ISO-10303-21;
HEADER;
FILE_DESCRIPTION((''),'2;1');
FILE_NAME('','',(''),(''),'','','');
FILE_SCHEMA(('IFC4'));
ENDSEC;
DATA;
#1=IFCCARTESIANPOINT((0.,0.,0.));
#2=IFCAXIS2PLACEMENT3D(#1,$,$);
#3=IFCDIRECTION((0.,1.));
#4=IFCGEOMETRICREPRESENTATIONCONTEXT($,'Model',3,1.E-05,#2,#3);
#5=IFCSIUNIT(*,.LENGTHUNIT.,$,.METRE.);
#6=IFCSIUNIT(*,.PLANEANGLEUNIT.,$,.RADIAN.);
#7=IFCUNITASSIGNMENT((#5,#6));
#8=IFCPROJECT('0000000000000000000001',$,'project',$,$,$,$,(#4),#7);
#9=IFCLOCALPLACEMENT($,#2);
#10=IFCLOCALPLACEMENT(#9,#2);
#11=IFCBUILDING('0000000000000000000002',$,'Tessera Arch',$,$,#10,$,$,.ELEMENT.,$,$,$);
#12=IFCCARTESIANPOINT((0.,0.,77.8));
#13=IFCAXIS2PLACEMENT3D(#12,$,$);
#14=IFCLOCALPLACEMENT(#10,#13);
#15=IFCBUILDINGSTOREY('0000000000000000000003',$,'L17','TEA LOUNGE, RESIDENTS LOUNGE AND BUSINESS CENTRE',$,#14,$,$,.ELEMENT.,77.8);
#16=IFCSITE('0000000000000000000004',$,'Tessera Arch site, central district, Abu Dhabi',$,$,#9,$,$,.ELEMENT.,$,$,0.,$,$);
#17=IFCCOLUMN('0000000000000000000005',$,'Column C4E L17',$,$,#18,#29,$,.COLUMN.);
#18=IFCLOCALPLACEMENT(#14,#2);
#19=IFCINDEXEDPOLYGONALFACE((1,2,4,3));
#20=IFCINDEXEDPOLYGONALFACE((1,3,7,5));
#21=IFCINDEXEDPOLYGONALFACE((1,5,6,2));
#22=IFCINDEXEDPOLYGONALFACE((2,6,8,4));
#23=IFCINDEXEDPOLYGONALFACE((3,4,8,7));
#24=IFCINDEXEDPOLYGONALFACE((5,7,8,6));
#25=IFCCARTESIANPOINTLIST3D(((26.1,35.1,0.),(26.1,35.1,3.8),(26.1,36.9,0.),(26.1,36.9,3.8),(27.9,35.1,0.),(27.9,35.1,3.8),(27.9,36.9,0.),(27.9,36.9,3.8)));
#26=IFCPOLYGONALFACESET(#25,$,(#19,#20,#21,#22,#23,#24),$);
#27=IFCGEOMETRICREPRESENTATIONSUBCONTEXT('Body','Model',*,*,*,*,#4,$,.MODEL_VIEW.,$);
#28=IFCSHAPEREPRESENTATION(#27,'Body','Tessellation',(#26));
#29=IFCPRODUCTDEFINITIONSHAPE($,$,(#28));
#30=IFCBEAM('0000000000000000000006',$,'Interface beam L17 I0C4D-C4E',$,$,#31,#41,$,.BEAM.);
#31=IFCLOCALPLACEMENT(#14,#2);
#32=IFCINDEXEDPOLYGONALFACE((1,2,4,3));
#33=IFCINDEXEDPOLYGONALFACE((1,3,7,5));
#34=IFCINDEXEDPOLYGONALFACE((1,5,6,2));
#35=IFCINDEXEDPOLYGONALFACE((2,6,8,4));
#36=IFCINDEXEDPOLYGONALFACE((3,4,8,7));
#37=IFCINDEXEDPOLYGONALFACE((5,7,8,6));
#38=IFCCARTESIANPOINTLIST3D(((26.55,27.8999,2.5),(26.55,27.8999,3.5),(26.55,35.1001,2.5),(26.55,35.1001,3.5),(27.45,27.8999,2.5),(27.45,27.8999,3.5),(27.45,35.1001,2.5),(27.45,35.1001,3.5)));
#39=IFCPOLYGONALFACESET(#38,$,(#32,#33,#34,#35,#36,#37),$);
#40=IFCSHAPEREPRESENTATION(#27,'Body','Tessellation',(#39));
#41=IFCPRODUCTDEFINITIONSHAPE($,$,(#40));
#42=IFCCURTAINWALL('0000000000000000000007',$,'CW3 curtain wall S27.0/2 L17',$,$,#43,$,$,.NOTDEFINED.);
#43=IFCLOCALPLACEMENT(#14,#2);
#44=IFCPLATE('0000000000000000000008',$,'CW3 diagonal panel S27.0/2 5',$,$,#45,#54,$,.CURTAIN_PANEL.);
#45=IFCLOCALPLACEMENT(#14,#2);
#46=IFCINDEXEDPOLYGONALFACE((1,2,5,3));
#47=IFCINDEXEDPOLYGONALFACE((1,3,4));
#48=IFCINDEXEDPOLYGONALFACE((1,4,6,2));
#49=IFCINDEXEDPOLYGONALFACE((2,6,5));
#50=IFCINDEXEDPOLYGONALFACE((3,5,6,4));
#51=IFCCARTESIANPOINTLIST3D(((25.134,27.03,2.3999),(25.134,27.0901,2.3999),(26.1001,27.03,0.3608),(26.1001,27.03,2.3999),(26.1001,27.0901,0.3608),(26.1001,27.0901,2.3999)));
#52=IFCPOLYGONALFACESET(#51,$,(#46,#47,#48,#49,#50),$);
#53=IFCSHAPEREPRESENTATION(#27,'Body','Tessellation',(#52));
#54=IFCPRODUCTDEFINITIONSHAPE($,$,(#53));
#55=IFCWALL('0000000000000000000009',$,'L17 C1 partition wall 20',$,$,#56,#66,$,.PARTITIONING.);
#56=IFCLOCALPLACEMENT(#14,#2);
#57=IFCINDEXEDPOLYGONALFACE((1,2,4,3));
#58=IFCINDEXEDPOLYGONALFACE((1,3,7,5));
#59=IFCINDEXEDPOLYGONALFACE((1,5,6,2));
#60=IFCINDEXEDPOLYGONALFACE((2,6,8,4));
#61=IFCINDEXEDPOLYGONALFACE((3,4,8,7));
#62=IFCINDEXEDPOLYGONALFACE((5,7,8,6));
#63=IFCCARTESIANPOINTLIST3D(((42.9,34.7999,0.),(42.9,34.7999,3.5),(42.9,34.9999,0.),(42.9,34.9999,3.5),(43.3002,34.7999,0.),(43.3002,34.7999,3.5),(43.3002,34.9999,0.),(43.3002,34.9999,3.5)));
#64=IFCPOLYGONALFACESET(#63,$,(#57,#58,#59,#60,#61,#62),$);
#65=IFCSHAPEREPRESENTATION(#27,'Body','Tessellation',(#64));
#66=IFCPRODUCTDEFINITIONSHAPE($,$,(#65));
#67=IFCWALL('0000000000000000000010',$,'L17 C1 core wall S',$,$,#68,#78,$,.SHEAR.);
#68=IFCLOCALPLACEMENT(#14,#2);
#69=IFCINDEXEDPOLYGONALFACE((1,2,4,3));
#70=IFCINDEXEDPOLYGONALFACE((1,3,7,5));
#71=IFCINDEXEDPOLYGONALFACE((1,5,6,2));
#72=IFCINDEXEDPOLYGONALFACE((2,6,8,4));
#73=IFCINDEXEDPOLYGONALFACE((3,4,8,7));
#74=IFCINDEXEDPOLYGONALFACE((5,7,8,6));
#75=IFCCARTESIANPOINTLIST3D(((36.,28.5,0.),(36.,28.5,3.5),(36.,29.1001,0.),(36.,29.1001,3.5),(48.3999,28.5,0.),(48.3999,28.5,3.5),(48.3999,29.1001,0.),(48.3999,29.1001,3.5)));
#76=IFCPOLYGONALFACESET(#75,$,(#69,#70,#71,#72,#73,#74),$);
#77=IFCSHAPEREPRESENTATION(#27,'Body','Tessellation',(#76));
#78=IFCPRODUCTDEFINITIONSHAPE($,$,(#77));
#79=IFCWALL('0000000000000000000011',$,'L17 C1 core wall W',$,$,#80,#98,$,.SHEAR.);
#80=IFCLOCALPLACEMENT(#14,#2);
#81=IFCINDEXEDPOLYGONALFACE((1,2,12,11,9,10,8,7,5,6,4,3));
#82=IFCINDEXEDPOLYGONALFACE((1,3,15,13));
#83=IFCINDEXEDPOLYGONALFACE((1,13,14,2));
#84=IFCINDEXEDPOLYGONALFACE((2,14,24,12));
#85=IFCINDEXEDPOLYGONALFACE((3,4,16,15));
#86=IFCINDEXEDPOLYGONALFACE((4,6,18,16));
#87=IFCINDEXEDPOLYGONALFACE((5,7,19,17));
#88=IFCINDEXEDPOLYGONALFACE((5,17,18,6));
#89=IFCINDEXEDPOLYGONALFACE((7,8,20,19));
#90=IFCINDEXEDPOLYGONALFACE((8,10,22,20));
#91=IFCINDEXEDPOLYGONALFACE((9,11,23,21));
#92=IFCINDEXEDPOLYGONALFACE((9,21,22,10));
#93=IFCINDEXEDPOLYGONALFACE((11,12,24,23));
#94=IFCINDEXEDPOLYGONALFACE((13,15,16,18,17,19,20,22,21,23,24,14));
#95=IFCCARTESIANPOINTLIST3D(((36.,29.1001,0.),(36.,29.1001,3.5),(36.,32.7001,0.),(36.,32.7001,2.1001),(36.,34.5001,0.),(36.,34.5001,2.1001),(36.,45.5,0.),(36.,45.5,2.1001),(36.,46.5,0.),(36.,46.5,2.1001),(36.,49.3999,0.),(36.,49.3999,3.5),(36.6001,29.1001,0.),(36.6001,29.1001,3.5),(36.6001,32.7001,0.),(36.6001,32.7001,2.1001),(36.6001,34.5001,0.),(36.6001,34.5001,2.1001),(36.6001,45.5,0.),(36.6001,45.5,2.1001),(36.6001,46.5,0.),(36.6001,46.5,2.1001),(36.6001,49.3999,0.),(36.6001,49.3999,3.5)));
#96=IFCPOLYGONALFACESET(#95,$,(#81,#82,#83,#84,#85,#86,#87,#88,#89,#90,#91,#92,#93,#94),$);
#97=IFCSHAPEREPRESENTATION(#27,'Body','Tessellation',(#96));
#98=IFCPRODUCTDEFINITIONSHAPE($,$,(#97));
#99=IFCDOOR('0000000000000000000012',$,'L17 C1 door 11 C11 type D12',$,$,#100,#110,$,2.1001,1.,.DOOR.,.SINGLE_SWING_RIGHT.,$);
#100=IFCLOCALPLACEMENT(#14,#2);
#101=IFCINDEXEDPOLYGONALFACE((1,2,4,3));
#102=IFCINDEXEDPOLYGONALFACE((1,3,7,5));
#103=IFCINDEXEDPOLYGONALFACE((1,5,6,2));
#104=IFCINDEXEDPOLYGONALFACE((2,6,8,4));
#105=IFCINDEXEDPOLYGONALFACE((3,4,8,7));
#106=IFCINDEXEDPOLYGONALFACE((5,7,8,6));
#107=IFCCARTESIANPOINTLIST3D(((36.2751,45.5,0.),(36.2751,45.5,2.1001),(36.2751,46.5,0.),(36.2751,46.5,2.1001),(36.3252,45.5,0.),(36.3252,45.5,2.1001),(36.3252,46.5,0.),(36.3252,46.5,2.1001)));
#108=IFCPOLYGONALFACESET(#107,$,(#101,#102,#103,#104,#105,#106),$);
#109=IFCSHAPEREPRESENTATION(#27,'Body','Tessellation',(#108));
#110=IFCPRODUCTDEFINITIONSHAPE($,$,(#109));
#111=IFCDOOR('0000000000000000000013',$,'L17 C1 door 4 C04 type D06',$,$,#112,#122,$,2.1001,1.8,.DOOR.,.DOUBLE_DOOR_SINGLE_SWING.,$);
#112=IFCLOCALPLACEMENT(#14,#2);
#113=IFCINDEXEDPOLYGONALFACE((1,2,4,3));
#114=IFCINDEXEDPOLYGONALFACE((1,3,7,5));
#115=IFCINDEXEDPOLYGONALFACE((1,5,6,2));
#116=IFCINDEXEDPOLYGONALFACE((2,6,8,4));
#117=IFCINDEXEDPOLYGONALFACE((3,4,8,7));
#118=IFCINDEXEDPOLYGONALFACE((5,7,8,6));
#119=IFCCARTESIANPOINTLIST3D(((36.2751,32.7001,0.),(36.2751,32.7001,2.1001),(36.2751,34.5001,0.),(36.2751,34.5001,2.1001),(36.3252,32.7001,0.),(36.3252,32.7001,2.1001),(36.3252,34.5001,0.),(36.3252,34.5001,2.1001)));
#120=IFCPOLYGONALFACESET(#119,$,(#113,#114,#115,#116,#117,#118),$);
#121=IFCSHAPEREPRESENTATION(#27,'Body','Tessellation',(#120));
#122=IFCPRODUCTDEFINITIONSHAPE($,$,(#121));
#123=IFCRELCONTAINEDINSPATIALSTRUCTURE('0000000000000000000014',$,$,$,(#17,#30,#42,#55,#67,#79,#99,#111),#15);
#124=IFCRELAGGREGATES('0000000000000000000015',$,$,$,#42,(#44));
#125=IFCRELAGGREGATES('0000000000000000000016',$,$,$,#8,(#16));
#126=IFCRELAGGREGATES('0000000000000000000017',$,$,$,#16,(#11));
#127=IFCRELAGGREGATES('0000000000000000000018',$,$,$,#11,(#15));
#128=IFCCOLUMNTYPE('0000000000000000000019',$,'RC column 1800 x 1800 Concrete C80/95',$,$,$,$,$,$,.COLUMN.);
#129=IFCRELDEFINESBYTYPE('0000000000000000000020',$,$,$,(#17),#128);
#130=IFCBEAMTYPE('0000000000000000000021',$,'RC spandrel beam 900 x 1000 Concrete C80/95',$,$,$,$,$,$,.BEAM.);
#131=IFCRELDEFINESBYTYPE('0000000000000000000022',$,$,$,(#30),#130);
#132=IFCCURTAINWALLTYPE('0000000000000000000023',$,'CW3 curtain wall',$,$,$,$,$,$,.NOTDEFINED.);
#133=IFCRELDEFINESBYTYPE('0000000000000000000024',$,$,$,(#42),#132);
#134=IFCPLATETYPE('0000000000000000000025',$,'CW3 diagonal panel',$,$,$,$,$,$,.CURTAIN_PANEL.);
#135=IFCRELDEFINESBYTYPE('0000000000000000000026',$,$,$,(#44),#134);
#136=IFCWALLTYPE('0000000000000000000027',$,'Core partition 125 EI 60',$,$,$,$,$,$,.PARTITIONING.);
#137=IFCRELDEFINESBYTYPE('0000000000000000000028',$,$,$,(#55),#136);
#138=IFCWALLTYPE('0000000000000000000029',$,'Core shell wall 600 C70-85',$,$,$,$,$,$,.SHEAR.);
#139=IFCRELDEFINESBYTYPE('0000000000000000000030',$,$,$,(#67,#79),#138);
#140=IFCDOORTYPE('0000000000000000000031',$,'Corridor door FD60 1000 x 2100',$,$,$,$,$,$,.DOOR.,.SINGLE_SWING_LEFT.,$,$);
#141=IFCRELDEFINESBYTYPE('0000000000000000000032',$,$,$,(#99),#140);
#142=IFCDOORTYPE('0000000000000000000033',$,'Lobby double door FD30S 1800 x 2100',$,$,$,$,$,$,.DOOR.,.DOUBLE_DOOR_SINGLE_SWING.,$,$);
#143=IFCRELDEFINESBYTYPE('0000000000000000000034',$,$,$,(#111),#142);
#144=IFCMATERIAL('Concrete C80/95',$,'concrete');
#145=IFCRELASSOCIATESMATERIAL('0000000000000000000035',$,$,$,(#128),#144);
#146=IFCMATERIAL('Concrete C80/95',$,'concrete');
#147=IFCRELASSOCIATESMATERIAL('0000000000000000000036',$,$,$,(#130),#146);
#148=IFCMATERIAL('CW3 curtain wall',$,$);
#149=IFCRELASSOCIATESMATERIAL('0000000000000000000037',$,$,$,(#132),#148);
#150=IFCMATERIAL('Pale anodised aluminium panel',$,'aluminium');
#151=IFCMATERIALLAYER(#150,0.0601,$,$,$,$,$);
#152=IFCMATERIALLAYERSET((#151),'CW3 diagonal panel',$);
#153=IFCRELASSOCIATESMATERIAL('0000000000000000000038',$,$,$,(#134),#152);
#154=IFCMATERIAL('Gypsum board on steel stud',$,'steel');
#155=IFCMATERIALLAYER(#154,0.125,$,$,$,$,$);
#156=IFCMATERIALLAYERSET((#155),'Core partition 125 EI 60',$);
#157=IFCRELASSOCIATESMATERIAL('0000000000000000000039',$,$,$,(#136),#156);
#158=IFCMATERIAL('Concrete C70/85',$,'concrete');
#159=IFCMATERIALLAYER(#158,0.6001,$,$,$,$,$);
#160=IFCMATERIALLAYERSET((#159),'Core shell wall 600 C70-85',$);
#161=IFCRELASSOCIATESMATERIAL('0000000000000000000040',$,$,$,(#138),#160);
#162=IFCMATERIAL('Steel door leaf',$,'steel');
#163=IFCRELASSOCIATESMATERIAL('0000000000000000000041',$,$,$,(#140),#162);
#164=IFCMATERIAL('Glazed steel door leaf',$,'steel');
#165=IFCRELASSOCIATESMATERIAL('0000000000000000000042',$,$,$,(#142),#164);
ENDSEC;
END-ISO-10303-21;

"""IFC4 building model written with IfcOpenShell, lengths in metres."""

from ifc_helpers import new_model, si_unit, direction, frame, frame_2d, origin, origin_2d, place, context, subcontext, project, spatial, polyline, rectangle, outline, extrude, material, layer, layer_set, material_profile, profile_set, type_object, element, fill, aggregate, save


model = new_model("IFC4")

# Units and contexts
model_context = context("Model", 3, precision=1e-05, world=origin(), true_north=direction((0.0, 1.0)))
body_context = subcontext(model_context, "Body", "Model", "MODEL_VIEW")
ifc_project = project(units=[si_unit("LENGTHUNIT", "METRE"), si_unit("PLANEANGLEUNIT", "RADIAN")], contexts=[model_context])

# Site, building, storey
site_placement = place(None, origin())
site = spatial("IfcSite", under=ifc_project, at=site_placement, Name="Tessera Arch site, central district, Abu Dhabi", CompositionType="ELEMENT", RefElevation=0.0)
building_placement = place(site_placement, origin())
building = spatial("IfcBuilding", under=site, at=building_placement, Name="Tessera Arch", CompositionType="ELEMENT")
storey_placement = place(building_placement, frame((0.0, 0.0, 77.8)))
storey = spatial("IfcBuildingStorey", under=building, at=storey_placement, Name="L17", Description="TEA LOUNGE, RESIDENTS LOUNGE AND BUSINESS CENTRE", CompositionType="ELEMENT", Elevation=77.8)

# Column
ifc_material_1 = material(Name="Concrete C80/95", Category="concrete")
ifc_material_profile_1 = material_profile(ifc_material_1, rectangle(XDim=1.8, YDim=1.8, at=origin_2d()), Name="RC column 1800 x 1800 Concrete C80/95")
ifc_profile_set_1 = profile_set([ifc_material_profile_1], Name="Concrete C80/95")
column_type = type_object("IfcColumnType", Name="RC column 1800 x 1800 Concrete C80/95", PredefinedType="COLUMN", material=ifc_profile_set_1)
column_placement = place(storey_placement, frame((27.0, 36.0, 0.0), z_axis=(0.0, 0.0, 1.0), x_axis=(1.0, 0.0, 0.0)))
element("IfcColumn", 1, at=column_placement, inside=storey, type_object=column_type, Name="Column C4E L17", PredefinedType="COLUMN", context=body_context, shape_type="SweptSolid", body=[
    extrude(rectangle(XDim=1.8, YDim=1.8, at=origin_2d()), origin(), (0.0, 0.0, 1.0), 3.8),
])

# Beam
ifc_material_2 = material(Name="Concrete C80/95", Category="concrete")
ifc_material_profile_2 = material_profile(ifc_material_2, rectangle(XDim=0.8999, YDim=1.0, at=origin_2d()), Name="RC spandrel beam 900 x 1000 Concrete C80/95")
ifc_profile_set_2 = profile_set([ifc_material_profile_2], Name="Concrete C80/95")
beam_type = type_object("IfcBeamType", Name="RC spandrel beam 900 x 1000 Concrete C80/95", PredefinedType="BEAM", material=ifc_profile_set_2)
beam_placement = place(storey_placement, frame((27.0, 27.8999, 3.0), z_axis=(0.0, 1.0, 0.0), x_axis=(-1.0, 0.0, 0.0)))
element("IfcBeam", 2, at=beam_placement, inside=storey, type_object=beam_type, Name="Interface beam L17 I0C4D-C4E", PredefinedType="BEAM", context=body_context, shape_type="SweptSolid", body=[
    extrude(rectangle(XDim=0.8999, YDim=1.0, at=origin_2d()), origin(), (0.0, 0.0, 1.0), 7.2002),
])

# Curtain wall, plate
ifc_material_3 = material(Name="CW3 curtain wall")
curtain_wall_type = type_object("IfcCurtainWallType", Name="CW3 curtain wall", PredefinedType="NOTDEFINED", material=ifc_material_3)
curtain_wall_placement = place(storey_placement, origin())
curtain_wall = element("IfcCurtainWall", 3, at=curtain_wall_placement, inside=storey, type_object=curtain_wall_type, Name="CW3 curtain wall S27.0/2 L17", PredefinedType="NOTDEFINED")
ifc_material_4 = material(Name="Pale anodised aluminium panel", Category="aluminium")
ifc_layer_1 = layer(ifc_material_4, 0.0601)
ifc_layer_set_1 = layer_set([ifc_layer_1], Name="CW3 diagonal panel")
plate_type = type_object("IfcPlateType", Name="CW3 diagonal panel", PredefinedType="CURTAIN_PANEL", material=ifc_layer_set_1)
plate_placement = place(storey_placement, frame((26.1001, 27.03, 2.3999), z_axis=(0.0, -1.0, 0.0), x_axis=(-1.0, 0.0, 0.0)))
plate = element("IfcPlate", 4, at=plate_placement, type_object=plate_type, Name="CW3 diagonal panel S27.0/2 5", PredefinedType="CURTAIN_PANEL", context=body_context, shape_type="SweptSolid", body=[
    extrude(outline(polyline([(0.0, 0.0), (0.9661, 0.0), (0.0, 2.0391), (0.0, 0.0)])), origin(), (0.0, 0.0, -1.0), 0.0601),
])
aggregate(curtain_wall, [plate])

# Walls
ifc_material_5 = material(Name="Gypsum board on steel stud", Category="steel")
ifc_layer_2 = layer(ifc_material_5, 0.125)
ifc_layer_set_2 = layer_set([ifc_layer_2], Name="Core partition 125 EI 60")
wall_type_1 = type_object("IfcWallType", Name="Core partition 125 EI 60", PredefinedType="PARTITIONING", material=ifc_layer_set_2)
wall_1_placement = place(storey_placement, frame((42.8999, 34.8999, 0.0), z_axis=(0.0, 0.0, 1.0), x_axis=(1.0, 0.0, 0.0)))
element("IfcWall", 5, at=wall_1_placement, inside=storey, type_object=wall_type_1, Name="L17 C1 partition wall 20", PredefinedType="PARTITIONING", context=body_context, shape_type="SweptSolid", body=[
    extrude(rectangle(XDim=0.4001, YDim=0.2, at=frame_2d((0.2002, 0.0))), origin(), (0.0, 0.0, 1.0), 3.5),
])
ifc_material_6 = material(Name="Concrete C70/85", Category="concrete")
ifc_layer_3 = layer(ifc_material_6, 0.6001)
ifc_layer_set_3 = layer_set([ifc_layer_3], Name="Core shell wall 600 C70-85")
wall_type_2 = type_object("IfcWallType", Name="Core shell wall 600 C70-85", PredefinedType="SHEAR", material=ifc_layer_set_3)
wall_2_placement = place(storey_placement, frame((36.0, 28.8, 0.0), z_axis=(0.0, 0.0, 1.0), x_axis=(1.0, 0.0, 0.0)))
element("IfcWall", 6, at=wall_2_placement, inside=storey, type_object=wall_type_2, Name="L17 C1 core wall S", PredefinedType="SHEAR", context=body_context, shape_type="SweptSolid", body=[
    extrude(rectangle(XDim=12.3999, YDim=0.6001, at=frame_2d((6.2, 0.0))), origin(), (0.0, 0.0, 1.0), 3.5),
])

# Wall, openings, doors
wall_3_placement = place(storey_placement, frame((36.3, 29.1001, 0.0), z_axis=(0.0, 0.0, 1.0), x_axis=(0.0, 1.0, 0.0)))
wall_3 = element("IfcWall", 7, at=wall_3_placement, inside=storey, type_object=wall_type_2, Name="L17 C1 core wall W", PredefinedType="SHEAR", context=body_context, shape_type="SweptSolid", body=[
    extrude(rectangle(XDim=20.2998, YDim=0.6001, at=frame_2d((10.1499, 0.0))), origin(), (0.0, 0.0, 1.0), 3.5),
])
opening_1_placement = place(wall_3_placement, frame((3.6001, 0.0, 0.0)))
opening_1 = element("IfcOpeningElement", 8, at=opening_1_placement, cuts=wall_3, PredefinedType="OPENING", context=body_context, shape_type="SweptSolid", body=[
    extrude(rectangle(XDim=1.8, YDim=2.1001, at=frame_2d((0.8999, 1.05))), frame((0.0, 0.3101, 0.0), z_axis=(0.0, -1.0, 0.0), x_axis=(1.0, 0.0, 0.0)), (0.0, 0.0, 1.0), 0.6201),
])
opening_2_placement = place(wall_3_placement, frame((16.3999, 0.0, 0.0)))
opening_2 = element("IfcOpeningElement", 9, at=opening_2_placement, cuts=wall_3, PredefinedType="OPENING", context=body_context, shape_type="SweptSolid", body=[
    extrude(rectangle(XDim=1.0, YDim=2.1001, at=frame_2d((0.5, 1.05))), frame((0.0, 0.3101, 0.0), z_axis=(0.0, -1.0, 0.0), x_axis=(1.0, 0.0, 0.0)), (0.0, 0.0, 1.0), 0.6201),
])
ifc_material_7 = material(Name="Steel door leaf", Category="steel")
door_type_1 = type_object("IfcDoorType", Name="Corridor door FD60 1000 x 2100", OperationType="SINGLE_SWING_LEFT", PredefinedType="DOOR", material=ifc_material_7)
door_1_placement = place(opening_2_placement, origin())
door_1 = element("IfcDoor", 10, at=door_1_placement, inside=storey, type_object=door_type_1, Name="L17 C1 door 11 C11 type D12", OperationType="SINGLE_SWING_RIGHT", OverallHeight=2.1001, OverallWidth=1.0, PredefinedType="DOOR", context=body_context, shape_type="SweptSolid", body=[
    extrude(rectangle(XDim=1.0, YDim=2.1001, at=frame_2d((0.5, 1.05))), frame((0.0, 0.0249, 0.0), z_axis=(0.0, -1.0, 0.0), x_axis=(1.0, 0.0, 0.0)), (0.0, 0.0, 1.0), 0.05),
])
fill(opening_2, door_1)
ifc_material_8 = material(Name="Glazed steel door leaf", Category="steel")
door_type_2 = type_object("IfcDoorType", Name="Lobby double door FD30S 1800 x 2100", OperationType="DOUBLE_DOOR_SINGLE_SWING", PredefinedType="DOOR", material=ifc_material_8)
door_2_placement = place(opening_1_placement, origin())
door_2 = element("IfcDoor", 11, at=door_2_placement, inside=storey, type_object=door_type_2, Name="L17 C1 door 4 C04 type D06", OperationType="DOUBLE_DOOR_SINGLE_SWING", OverallHeight=2.1001, OverallWidth=1.8, PredefinedType="DOOR", context=body_context, shape_type="SweptSolid", body=[
    extrude(rectangle(XDim=1.8, YDim=2.1001, at=frame_2d((0.8999, 1.05))), frame((0.0, 0.0249, 0.0), z_axis=(0.0, -1.0, 0.0), x_axis=(1.0, 0.0, 0.0)), (0.0, 0.0, 1.0), 0.05),
])
fill(opening_1, door_2)

save(model, "model.ifc")
